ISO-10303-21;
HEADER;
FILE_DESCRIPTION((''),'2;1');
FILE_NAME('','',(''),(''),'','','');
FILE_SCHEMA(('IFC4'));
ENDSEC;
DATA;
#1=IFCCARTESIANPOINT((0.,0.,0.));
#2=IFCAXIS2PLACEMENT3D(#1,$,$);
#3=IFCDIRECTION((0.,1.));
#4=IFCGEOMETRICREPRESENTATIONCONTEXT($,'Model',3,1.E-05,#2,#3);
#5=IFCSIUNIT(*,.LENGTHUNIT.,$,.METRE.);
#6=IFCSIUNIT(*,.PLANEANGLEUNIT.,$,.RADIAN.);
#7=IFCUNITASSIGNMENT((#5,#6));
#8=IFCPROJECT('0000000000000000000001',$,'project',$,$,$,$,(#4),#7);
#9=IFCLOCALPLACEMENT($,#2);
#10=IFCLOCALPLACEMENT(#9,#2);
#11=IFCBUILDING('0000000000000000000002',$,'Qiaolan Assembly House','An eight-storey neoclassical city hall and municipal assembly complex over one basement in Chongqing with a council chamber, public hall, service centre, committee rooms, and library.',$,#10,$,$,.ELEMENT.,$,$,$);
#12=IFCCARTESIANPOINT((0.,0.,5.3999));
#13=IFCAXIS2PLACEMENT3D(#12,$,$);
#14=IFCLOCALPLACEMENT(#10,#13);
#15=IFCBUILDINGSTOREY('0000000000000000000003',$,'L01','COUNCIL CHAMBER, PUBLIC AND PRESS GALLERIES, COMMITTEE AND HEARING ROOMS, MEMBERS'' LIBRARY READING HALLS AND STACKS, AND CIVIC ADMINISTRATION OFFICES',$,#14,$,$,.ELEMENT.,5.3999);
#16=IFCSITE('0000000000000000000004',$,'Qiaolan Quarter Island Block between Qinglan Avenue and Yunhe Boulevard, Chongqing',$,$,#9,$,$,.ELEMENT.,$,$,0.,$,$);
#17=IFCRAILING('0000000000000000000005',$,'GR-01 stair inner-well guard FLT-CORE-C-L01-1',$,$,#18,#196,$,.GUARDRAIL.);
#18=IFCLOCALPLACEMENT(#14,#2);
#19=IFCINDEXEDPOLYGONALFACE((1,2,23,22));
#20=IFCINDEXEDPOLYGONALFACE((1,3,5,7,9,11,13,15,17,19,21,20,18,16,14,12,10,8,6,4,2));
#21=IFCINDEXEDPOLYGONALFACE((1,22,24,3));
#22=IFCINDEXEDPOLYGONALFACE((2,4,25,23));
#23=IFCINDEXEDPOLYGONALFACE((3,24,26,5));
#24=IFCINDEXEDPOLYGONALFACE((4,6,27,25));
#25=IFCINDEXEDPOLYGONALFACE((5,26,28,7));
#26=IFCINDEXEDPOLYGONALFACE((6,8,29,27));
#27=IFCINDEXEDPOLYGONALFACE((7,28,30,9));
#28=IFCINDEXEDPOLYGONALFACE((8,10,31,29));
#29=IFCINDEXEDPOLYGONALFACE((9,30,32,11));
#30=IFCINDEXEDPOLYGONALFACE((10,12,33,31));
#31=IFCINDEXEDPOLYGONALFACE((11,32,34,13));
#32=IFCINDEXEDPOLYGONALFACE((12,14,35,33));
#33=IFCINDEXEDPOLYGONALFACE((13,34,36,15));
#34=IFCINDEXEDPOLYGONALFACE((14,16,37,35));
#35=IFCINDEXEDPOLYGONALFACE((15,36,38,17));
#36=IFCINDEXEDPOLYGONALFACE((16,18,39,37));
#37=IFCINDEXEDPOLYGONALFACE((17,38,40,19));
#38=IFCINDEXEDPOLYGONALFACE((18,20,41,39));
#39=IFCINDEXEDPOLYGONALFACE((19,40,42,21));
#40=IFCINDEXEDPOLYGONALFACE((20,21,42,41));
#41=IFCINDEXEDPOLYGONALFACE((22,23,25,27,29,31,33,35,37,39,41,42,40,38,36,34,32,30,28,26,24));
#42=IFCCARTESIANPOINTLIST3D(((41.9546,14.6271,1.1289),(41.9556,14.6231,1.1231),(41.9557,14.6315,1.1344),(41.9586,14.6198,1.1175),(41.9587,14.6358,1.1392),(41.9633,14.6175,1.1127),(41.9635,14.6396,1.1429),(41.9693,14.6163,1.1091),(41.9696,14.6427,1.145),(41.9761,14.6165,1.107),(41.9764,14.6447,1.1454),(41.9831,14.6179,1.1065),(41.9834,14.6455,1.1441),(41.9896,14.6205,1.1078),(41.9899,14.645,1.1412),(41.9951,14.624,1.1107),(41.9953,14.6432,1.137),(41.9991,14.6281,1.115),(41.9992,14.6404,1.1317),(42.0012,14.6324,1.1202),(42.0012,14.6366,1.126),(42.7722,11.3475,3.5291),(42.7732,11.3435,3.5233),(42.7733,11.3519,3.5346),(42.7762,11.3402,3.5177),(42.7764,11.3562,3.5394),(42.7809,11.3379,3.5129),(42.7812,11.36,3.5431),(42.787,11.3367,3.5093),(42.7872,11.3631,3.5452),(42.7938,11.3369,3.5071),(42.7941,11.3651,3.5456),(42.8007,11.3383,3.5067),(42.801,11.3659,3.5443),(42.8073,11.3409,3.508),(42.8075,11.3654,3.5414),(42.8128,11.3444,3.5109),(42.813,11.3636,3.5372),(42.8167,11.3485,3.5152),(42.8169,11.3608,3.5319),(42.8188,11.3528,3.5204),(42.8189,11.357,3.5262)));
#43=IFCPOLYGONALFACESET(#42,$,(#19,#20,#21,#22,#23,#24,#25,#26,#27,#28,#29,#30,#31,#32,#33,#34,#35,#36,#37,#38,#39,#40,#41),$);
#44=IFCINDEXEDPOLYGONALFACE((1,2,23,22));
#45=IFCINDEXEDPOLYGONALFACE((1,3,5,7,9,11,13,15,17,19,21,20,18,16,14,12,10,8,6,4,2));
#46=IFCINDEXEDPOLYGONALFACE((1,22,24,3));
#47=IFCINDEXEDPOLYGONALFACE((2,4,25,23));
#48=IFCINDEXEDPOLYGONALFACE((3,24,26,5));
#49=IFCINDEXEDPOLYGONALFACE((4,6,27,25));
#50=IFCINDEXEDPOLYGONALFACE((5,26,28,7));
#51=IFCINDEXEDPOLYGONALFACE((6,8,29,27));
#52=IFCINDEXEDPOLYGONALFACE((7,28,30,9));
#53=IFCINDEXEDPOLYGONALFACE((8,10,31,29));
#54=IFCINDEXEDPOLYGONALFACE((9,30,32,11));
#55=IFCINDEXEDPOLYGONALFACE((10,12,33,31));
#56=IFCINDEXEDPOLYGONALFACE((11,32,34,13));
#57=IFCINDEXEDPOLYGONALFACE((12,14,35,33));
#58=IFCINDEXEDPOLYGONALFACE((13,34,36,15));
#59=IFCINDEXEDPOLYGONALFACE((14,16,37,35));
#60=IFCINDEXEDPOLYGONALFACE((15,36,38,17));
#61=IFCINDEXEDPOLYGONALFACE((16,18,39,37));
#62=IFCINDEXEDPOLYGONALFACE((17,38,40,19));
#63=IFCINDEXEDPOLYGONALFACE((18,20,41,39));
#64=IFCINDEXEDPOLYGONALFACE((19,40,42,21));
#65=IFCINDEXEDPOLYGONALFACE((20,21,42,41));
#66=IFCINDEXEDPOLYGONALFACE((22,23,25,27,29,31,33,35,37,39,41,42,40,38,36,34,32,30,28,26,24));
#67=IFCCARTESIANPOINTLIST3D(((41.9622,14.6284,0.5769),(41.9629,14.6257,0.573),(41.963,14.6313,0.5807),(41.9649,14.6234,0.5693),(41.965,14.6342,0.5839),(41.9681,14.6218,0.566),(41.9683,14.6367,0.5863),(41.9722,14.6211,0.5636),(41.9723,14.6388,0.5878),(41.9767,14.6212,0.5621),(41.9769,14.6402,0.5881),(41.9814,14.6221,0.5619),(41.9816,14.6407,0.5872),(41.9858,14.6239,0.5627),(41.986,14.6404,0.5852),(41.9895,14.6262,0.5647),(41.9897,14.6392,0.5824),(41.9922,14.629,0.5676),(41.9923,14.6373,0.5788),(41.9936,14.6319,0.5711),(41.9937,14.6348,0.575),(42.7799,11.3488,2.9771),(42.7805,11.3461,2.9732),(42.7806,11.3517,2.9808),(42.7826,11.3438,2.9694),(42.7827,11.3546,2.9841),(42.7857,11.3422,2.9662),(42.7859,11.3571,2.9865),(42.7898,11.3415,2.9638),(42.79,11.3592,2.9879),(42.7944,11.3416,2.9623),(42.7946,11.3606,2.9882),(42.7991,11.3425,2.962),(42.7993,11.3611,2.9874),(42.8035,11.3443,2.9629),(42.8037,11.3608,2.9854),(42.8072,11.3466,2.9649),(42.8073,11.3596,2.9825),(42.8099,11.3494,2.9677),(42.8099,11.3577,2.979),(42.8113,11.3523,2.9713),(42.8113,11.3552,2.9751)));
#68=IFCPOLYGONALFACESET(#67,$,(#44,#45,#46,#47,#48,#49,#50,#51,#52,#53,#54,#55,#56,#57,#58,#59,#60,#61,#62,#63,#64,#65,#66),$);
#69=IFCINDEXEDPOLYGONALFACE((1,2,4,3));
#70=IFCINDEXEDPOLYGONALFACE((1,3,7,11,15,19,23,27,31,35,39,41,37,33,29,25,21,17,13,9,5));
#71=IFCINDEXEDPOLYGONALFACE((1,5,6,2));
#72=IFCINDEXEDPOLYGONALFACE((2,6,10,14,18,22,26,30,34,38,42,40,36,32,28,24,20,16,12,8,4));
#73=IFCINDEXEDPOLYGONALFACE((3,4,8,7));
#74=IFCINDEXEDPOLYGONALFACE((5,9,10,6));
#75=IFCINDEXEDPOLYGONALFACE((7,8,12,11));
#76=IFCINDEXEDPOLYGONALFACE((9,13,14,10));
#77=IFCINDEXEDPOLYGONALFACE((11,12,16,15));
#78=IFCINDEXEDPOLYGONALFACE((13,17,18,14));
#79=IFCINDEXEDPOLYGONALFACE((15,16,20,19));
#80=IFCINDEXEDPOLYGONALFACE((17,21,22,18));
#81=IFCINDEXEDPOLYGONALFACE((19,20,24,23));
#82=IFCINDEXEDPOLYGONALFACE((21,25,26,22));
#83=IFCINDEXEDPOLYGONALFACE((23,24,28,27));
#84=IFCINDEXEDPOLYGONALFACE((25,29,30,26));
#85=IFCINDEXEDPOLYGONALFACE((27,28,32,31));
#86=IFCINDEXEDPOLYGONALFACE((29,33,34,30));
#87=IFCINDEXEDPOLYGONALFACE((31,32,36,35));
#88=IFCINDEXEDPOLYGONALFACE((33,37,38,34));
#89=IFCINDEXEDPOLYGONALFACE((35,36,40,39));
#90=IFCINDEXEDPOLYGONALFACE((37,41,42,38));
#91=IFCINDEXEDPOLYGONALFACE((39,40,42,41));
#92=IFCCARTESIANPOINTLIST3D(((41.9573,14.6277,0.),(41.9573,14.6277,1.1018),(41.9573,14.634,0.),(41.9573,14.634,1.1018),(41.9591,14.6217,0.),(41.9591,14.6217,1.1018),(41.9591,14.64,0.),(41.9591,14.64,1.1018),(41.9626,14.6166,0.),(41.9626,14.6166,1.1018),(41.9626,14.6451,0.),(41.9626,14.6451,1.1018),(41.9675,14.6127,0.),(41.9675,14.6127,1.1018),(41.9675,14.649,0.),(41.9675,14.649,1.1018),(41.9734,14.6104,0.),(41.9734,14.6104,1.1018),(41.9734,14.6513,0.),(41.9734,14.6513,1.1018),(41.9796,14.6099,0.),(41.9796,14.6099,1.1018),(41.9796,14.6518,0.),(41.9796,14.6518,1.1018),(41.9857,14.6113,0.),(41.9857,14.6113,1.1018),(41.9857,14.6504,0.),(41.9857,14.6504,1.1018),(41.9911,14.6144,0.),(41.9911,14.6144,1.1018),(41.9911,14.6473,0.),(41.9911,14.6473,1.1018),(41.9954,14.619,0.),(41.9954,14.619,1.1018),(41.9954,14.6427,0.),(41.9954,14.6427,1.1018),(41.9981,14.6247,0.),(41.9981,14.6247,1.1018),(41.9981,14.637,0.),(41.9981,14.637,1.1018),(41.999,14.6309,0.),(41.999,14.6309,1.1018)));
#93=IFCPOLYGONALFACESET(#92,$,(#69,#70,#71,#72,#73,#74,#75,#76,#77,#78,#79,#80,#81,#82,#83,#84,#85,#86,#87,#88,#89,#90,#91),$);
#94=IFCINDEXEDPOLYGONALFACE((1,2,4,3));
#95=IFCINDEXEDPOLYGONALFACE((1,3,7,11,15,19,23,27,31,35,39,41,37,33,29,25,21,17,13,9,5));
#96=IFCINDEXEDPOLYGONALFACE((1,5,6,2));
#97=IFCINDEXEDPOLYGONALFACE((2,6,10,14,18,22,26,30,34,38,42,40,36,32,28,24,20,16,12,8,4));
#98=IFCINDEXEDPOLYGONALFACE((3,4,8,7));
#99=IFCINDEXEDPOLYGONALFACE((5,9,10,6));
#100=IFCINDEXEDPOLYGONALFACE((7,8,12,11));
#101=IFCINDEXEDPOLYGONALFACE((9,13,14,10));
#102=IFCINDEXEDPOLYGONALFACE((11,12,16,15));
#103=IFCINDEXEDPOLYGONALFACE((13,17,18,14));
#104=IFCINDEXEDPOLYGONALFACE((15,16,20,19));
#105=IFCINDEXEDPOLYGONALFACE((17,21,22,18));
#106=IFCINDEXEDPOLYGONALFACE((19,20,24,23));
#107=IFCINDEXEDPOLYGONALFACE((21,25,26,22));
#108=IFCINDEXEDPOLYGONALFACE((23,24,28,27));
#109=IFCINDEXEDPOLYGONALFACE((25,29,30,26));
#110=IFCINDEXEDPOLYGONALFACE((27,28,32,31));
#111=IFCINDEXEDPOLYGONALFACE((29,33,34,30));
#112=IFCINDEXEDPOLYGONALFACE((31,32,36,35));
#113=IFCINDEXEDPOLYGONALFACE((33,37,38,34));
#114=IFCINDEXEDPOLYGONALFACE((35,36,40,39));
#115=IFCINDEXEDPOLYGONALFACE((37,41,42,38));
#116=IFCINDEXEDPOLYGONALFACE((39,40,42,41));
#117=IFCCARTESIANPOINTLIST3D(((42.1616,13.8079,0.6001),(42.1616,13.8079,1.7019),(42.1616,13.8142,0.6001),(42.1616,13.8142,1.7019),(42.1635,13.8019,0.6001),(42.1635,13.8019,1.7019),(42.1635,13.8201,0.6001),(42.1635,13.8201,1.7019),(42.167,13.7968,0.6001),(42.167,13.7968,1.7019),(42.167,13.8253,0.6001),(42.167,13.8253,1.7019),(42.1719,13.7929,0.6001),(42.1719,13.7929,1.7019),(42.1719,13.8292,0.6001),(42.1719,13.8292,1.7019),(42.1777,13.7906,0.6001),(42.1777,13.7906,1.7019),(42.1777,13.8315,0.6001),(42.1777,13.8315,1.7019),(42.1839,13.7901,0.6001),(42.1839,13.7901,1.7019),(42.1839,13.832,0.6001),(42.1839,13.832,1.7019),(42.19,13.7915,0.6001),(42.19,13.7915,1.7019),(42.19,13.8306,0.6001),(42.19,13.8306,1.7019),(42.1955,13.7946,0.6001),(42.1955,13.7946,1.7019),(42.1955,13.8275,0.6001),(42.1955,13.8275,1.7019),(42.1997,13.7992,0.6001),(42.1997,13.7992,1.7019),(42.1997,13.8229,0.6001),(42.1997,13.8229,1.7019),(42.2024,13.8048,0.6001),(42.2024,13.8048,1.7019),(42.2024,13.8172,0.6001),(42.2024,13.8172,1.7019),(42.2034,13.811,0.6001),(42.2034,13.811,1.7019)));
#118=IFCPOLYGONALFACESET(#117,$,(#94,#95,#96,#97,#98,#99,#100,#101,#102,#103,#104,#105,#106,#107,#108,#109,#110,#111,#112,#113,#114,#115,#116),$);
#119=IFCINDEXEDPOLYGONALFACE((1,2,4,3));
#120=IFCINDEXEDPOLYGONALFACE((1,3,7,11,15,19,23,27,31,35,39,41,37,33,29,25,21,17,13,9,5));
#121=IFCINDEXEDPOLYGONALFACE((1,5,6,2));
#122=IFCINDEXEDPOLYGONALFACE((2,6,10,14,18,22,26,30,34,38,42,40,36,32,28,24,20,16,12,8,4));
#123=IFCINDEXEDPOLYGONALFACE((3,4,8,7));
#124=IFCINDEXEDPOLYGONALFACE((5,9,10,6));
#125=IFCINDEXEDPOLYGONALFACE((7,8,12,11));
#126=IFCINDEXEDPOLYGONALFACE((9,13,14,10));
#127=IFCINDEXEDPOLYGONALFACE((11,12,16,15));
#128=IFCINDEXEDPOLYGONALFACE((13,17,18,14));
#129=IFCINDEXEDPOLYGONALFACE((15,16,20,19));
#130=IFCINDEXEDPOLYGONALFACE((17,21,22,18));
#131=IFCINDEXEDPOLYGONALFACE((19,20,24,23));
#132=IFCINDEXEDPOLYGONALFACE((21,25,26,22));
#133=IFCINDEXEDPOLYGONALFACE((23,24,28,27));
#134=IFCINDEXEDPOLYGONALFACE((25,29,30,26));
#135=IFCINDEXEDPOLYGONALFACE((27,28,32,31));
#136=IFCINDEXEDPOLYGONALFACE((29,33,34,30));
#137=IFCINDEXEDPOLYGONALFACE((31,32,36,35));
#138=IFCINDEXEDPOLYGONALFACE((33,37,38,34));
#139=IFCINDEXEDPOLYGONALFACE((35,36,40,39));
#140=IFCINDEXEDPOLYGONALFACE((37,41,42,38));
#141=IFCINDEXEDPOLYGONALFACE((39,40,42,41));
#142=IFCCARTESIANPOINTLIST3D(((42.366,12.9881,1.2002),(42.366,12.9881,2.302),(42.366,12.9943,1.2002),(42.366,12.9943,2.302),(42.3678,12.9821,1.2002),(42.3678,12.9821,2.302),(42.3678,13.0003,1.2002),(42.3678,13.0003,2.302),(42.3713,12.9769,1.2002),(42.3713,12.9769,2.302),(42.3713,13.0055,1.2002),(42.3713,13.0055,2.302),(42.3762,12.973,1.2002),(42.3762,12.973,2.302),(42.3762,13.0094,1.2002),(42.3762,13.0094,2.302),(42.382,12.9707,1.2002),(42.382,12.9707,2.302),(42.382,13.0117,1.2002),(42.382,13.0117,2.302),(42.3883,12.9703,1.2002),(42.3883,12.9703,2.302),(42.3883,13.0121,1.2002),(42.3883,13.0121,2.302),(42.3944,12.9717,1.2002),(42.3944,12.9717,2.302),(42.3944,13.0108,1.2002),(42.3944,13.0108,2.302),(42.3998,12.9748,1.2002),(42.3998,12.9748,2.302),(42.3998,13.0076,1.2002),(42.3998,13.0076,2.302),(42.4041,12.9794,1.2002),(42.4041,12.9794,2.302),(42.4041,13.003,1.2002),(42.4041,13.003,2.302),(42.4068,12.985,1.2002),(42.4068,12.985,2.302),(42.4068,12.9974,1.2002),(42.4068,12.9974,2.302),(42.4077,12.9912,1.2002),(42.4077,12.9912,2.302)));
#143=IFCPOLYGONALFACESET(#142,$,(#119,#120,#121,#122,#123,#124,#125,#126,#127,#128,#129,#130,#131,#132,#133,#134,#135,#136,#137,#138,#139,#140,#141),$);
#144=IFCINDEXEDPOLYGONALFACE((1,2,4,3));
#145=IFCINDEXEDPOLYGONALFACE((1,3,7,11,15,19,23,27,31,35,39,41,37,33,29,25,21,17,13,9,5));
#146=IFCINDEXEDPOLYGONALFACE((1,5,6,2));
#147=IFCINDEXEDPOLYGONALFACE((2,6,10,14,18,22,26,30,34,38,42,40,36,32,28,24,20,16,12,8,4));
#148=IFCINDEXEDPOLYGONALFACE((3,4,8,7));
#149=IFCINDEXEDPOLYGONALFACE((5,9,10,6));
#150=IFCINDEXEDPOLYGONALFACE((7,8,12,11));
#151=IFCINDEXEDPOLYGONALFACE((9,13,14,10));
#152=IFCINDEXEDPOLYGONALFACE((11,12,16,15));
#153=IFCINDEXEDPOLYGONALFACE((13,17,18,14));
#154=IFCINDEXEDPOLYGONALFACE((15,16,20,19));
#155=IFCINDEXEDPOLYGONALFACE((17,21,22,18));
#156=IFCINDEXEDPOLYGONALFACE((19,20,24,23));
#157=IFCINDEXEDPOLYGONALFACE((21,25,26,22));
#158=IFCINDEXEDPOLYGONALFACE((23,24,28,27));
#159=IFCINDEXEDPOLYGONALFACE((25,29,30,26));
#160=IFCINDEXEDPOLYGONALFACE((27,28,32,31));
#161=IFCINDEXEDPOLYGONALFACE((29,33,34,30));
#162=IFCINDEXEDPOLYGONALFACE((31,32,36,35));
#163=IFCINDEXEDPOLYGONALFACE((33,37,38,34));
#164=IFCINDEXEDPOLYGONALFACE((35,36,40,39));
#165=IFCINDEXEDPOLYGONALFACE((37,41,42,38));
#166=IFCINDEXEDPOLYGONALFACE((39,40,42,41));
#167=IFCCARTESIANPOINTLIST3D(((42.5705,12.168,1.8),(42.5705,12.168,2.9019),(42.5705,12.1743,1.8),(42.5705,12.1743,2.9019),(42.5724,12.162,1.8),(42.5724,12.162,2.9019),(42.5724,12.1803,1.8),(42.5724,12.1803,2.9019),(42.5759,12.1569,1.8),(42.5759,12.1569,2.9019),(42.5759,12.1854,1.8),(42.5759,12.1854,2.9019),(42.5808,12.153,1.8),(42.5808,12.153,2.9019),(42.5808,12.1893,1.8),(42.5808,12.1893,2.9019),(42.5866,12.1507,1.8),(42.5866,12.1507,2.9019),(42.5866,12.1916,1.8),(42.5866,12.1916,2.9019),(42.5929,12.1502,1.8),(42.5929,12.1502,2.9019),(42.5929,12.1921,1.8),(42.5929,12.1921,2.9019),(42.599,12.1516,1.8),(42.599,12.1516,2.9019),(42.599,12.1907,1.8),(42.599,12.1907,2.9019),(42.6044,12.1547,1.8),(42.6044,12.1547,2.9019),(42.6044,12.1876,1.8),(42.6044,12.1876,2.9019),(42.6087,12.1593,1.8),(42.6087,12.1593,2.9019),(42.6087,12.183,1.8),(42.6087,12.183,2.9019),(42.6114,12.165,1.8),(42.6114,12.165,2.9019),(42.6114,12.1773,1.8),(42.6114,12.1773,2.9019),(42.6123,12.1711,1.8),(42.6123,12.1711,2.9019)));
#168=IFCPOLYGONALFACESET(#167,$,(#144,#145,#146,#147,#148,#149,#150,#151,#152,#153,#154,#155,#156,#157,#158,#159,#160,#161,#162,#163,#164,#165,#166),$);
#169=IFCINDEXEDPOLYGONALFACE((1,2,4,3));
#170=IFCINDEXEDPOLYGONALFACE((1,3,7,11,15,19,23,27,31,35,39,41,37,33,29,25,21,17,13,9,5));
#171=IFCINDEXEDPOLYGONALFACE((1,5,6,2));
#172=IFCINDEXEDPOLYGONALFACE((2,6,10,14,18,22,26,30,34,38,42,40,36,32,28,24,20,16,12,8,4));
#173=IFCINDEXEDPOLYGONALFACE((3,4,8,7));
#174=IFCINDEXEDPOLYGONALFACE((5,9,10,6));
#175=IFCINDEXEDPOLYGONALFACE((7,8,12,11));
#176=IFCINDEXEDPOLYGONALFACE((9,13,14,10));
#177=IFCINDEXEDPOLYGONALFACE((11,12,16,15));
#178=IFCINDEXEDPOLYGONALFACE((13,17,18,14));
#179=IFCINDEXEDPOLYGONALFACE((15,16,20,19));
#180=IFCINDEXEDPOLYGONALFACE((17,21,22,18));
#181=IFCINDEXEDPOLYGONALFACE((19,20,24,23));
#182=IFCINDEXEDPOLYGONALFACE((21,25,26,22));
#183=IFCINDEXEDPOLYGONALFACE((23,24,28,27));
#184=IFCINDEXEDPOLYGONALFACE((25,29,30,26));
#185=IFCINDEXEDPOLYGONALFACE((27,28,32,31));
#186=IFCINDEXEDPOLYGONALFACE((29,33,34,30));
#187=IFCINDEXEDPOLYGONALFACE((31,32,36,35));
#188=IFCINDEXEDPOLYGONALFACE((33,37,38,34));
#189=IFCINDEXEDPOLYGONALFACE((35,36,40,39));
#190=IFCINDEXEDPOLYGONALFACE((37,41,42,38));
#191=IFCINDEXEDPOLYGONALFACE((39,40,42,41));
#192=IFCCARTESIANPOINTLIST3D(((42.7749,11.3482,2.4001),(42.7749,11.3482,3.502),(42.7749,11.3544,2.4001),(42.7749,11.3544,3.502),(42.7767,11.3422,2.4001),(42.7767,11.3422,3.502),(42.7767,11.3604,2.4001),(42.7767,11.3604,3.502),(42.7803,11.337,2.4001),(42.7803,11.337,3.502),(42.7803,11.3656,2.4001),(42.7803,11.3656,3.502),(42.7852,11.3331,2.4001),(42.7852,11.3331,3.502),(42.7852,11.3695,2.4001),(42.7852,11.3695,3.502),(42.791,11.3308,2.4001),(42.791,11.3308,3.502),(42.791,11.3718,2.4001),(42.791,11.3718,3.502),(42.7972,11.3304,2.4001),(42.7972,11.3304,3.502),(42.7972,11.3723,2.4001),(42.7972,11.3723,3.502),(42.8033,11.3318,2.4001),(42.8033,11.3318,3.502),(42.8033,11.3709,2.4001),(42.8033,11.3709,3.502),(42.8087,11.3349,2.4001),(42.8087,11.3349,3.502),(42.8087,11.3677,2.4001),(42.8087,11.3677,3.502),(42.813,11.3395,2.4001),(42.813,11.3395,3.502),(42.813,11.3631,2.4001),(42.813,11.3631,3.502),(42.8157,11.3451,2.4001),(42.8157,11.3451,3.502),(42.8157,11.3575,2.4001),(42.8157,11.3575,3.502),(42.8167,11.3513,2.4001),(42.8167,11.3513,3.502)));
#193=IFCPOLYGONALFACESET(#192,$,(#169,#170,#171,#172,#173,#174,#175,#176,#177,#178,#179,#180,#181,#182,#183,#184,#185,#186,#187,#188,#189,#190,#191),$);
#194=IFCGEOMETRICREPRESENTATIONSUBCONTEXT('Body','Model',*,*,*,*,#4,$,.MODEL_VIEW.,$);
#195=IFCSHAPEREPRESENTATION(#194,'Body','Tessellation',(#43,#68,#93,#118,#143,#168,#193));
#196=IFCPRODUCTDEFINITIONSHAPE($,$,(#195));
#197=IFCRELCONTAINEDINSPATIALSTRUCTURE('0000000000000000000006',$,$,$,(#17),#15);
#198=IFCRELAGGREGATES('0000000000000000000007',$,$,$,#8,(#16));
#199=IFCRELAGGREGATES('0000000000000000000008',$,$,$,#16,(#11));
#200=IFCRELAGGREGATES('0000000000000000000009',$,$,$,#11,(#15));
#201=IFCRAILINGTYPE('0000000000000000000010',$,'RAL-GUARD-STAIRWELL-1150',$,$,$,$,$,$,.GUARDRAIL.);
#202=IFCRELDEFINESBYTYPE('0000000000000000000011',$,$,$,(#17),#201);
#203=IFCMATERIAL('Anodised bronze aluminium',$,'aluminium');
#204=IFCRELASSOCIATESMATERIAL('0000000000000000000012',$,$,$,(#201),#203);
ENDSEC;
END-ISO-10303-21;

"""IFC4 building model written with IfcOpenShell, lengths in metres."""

from ifc_helpers import new_model, si_unit, direction, frame, origin, origin_2d, place, context, subcontext, project, spatial, circle, extrude, material, type_object, element, save


model = new_model("IFC4")

# Units and contexts
model_context = context("Model", 3, precision=1e-05, world=origin(), true_north=direction((0.0, 1.0)))
body_context = subcontext(model_context, "Body", "Model", "MODEL_VIEW")
ifc_project = project(units=[si_unit("LENGTHUNIT", "METRE"), si_unit("PLANEANGLEUNIT", "RADIAN")], contexts=[model_context])

# Site, building, storey
site_placement = place(None, origin())
site = spatial("IfcSite", under=ifc_project, at=site_placement, Name="Qiaolan Quarter Island Block between Qinglan Avenue and Yunhe Boulevard, Chongqing", CompositionType="ELEMENT", RefElevation=0.0)
building_placement = place(site_placement, origin())
building = spatial("IfcBuilding", under=site, at=building_placement, Name="Qiaolan Assembly House", Description="An eight-storey neoclassical city hall and municipal assembly complex over one basement in Chongqing with a council chamber, public hall, service centre, committee rooms, and library.", CompositionType="ELEMENT")
storey_placement = place(building_placement, frame((0.0, 0.0, 5.3999)))
storey = spatial("IfcBuildingStorey", under=building, at=storey_placement, Name="L01", Description="COUNCIL CHAMBER, PUBLIC AND PRESS GALLERIES, COMMITTEE AND HEARING ROOMS, MEMBERS' LIBRARY READING HALLS AND STACKS, AND CIVIC ADMINISTRATION OFFICES", CompositionType="ELEMENT", Elevation=5.3999)

# Railing
ifc_material_1 = material(Name="Anodised bronze aluminium", Category="aluminium")
railing_type_1 = type_object("IfcRailingType", Name="RAL-GUARD-STAIRWELL-1150", PredefinedType="GUARDRAIL", material=ifc_material_1)
railing_1_placement = place(storey_placement, frame((41.978, 14.6309, 0.0)))
element("IfcRailing", 1, at=railing_1_placement, inside=storey, type_object=railing_type_1, Name="GR-01 stair inner-well guard FLT-CORE-C-L01-1", PredefinedType="GUARDRAIL", context=body_context, shape_type="SweptSolid", body=[
    extrude(circle(Radius=0.0239, at=origin_2d()), frame((0.0, 0.0, 1.126), z_axis=(0.197236, -0.791122, 0.578986), x_axis=(0.9703, 0.241907, 0.0)), (0.0, 0.0, 1.0), 4.1455),
    extrude(circle(Radius=0.0161, at=origin_2d()), frame((0.0, 0.0, 0.575), z_axis=(0.197236, -0.791122, 0.578986), x_axis=(0.9703, 0.241907, 0.0)), (0.0, 0.0, 1.0), 4.1455),
    extrude(circle(Radius=0.021, at=origin_2d()), origin(), (0.0, 0.0, 1.0), 1.1018),
    extrude(circle(Radius=0.021, at=origin_2d()), frame((0.2043, -0.8198, 0.6001)), (0.0, 0.0, 1.0), 1.1018),
    extrude(circle(Radius=0.021, at=origin_2d()), frame((0.4087, -1.6396, 1.2002)), (0.0, 0.0, 1.0), 1.1018),
    extrude(circle(Radius=0.021, at=origin_2d()), frame((0.6133, -2.4597, 1.8)), (0.0, 0.0, 1.0), 1.1018),
    extrude(circle(Radius=0.021, at=origin_2d()), frame((0.8176, -3.2795, 2.4001)), (0.0, 0.0, 1.0), 1.1018),
])

save(model, "model.ifc")
